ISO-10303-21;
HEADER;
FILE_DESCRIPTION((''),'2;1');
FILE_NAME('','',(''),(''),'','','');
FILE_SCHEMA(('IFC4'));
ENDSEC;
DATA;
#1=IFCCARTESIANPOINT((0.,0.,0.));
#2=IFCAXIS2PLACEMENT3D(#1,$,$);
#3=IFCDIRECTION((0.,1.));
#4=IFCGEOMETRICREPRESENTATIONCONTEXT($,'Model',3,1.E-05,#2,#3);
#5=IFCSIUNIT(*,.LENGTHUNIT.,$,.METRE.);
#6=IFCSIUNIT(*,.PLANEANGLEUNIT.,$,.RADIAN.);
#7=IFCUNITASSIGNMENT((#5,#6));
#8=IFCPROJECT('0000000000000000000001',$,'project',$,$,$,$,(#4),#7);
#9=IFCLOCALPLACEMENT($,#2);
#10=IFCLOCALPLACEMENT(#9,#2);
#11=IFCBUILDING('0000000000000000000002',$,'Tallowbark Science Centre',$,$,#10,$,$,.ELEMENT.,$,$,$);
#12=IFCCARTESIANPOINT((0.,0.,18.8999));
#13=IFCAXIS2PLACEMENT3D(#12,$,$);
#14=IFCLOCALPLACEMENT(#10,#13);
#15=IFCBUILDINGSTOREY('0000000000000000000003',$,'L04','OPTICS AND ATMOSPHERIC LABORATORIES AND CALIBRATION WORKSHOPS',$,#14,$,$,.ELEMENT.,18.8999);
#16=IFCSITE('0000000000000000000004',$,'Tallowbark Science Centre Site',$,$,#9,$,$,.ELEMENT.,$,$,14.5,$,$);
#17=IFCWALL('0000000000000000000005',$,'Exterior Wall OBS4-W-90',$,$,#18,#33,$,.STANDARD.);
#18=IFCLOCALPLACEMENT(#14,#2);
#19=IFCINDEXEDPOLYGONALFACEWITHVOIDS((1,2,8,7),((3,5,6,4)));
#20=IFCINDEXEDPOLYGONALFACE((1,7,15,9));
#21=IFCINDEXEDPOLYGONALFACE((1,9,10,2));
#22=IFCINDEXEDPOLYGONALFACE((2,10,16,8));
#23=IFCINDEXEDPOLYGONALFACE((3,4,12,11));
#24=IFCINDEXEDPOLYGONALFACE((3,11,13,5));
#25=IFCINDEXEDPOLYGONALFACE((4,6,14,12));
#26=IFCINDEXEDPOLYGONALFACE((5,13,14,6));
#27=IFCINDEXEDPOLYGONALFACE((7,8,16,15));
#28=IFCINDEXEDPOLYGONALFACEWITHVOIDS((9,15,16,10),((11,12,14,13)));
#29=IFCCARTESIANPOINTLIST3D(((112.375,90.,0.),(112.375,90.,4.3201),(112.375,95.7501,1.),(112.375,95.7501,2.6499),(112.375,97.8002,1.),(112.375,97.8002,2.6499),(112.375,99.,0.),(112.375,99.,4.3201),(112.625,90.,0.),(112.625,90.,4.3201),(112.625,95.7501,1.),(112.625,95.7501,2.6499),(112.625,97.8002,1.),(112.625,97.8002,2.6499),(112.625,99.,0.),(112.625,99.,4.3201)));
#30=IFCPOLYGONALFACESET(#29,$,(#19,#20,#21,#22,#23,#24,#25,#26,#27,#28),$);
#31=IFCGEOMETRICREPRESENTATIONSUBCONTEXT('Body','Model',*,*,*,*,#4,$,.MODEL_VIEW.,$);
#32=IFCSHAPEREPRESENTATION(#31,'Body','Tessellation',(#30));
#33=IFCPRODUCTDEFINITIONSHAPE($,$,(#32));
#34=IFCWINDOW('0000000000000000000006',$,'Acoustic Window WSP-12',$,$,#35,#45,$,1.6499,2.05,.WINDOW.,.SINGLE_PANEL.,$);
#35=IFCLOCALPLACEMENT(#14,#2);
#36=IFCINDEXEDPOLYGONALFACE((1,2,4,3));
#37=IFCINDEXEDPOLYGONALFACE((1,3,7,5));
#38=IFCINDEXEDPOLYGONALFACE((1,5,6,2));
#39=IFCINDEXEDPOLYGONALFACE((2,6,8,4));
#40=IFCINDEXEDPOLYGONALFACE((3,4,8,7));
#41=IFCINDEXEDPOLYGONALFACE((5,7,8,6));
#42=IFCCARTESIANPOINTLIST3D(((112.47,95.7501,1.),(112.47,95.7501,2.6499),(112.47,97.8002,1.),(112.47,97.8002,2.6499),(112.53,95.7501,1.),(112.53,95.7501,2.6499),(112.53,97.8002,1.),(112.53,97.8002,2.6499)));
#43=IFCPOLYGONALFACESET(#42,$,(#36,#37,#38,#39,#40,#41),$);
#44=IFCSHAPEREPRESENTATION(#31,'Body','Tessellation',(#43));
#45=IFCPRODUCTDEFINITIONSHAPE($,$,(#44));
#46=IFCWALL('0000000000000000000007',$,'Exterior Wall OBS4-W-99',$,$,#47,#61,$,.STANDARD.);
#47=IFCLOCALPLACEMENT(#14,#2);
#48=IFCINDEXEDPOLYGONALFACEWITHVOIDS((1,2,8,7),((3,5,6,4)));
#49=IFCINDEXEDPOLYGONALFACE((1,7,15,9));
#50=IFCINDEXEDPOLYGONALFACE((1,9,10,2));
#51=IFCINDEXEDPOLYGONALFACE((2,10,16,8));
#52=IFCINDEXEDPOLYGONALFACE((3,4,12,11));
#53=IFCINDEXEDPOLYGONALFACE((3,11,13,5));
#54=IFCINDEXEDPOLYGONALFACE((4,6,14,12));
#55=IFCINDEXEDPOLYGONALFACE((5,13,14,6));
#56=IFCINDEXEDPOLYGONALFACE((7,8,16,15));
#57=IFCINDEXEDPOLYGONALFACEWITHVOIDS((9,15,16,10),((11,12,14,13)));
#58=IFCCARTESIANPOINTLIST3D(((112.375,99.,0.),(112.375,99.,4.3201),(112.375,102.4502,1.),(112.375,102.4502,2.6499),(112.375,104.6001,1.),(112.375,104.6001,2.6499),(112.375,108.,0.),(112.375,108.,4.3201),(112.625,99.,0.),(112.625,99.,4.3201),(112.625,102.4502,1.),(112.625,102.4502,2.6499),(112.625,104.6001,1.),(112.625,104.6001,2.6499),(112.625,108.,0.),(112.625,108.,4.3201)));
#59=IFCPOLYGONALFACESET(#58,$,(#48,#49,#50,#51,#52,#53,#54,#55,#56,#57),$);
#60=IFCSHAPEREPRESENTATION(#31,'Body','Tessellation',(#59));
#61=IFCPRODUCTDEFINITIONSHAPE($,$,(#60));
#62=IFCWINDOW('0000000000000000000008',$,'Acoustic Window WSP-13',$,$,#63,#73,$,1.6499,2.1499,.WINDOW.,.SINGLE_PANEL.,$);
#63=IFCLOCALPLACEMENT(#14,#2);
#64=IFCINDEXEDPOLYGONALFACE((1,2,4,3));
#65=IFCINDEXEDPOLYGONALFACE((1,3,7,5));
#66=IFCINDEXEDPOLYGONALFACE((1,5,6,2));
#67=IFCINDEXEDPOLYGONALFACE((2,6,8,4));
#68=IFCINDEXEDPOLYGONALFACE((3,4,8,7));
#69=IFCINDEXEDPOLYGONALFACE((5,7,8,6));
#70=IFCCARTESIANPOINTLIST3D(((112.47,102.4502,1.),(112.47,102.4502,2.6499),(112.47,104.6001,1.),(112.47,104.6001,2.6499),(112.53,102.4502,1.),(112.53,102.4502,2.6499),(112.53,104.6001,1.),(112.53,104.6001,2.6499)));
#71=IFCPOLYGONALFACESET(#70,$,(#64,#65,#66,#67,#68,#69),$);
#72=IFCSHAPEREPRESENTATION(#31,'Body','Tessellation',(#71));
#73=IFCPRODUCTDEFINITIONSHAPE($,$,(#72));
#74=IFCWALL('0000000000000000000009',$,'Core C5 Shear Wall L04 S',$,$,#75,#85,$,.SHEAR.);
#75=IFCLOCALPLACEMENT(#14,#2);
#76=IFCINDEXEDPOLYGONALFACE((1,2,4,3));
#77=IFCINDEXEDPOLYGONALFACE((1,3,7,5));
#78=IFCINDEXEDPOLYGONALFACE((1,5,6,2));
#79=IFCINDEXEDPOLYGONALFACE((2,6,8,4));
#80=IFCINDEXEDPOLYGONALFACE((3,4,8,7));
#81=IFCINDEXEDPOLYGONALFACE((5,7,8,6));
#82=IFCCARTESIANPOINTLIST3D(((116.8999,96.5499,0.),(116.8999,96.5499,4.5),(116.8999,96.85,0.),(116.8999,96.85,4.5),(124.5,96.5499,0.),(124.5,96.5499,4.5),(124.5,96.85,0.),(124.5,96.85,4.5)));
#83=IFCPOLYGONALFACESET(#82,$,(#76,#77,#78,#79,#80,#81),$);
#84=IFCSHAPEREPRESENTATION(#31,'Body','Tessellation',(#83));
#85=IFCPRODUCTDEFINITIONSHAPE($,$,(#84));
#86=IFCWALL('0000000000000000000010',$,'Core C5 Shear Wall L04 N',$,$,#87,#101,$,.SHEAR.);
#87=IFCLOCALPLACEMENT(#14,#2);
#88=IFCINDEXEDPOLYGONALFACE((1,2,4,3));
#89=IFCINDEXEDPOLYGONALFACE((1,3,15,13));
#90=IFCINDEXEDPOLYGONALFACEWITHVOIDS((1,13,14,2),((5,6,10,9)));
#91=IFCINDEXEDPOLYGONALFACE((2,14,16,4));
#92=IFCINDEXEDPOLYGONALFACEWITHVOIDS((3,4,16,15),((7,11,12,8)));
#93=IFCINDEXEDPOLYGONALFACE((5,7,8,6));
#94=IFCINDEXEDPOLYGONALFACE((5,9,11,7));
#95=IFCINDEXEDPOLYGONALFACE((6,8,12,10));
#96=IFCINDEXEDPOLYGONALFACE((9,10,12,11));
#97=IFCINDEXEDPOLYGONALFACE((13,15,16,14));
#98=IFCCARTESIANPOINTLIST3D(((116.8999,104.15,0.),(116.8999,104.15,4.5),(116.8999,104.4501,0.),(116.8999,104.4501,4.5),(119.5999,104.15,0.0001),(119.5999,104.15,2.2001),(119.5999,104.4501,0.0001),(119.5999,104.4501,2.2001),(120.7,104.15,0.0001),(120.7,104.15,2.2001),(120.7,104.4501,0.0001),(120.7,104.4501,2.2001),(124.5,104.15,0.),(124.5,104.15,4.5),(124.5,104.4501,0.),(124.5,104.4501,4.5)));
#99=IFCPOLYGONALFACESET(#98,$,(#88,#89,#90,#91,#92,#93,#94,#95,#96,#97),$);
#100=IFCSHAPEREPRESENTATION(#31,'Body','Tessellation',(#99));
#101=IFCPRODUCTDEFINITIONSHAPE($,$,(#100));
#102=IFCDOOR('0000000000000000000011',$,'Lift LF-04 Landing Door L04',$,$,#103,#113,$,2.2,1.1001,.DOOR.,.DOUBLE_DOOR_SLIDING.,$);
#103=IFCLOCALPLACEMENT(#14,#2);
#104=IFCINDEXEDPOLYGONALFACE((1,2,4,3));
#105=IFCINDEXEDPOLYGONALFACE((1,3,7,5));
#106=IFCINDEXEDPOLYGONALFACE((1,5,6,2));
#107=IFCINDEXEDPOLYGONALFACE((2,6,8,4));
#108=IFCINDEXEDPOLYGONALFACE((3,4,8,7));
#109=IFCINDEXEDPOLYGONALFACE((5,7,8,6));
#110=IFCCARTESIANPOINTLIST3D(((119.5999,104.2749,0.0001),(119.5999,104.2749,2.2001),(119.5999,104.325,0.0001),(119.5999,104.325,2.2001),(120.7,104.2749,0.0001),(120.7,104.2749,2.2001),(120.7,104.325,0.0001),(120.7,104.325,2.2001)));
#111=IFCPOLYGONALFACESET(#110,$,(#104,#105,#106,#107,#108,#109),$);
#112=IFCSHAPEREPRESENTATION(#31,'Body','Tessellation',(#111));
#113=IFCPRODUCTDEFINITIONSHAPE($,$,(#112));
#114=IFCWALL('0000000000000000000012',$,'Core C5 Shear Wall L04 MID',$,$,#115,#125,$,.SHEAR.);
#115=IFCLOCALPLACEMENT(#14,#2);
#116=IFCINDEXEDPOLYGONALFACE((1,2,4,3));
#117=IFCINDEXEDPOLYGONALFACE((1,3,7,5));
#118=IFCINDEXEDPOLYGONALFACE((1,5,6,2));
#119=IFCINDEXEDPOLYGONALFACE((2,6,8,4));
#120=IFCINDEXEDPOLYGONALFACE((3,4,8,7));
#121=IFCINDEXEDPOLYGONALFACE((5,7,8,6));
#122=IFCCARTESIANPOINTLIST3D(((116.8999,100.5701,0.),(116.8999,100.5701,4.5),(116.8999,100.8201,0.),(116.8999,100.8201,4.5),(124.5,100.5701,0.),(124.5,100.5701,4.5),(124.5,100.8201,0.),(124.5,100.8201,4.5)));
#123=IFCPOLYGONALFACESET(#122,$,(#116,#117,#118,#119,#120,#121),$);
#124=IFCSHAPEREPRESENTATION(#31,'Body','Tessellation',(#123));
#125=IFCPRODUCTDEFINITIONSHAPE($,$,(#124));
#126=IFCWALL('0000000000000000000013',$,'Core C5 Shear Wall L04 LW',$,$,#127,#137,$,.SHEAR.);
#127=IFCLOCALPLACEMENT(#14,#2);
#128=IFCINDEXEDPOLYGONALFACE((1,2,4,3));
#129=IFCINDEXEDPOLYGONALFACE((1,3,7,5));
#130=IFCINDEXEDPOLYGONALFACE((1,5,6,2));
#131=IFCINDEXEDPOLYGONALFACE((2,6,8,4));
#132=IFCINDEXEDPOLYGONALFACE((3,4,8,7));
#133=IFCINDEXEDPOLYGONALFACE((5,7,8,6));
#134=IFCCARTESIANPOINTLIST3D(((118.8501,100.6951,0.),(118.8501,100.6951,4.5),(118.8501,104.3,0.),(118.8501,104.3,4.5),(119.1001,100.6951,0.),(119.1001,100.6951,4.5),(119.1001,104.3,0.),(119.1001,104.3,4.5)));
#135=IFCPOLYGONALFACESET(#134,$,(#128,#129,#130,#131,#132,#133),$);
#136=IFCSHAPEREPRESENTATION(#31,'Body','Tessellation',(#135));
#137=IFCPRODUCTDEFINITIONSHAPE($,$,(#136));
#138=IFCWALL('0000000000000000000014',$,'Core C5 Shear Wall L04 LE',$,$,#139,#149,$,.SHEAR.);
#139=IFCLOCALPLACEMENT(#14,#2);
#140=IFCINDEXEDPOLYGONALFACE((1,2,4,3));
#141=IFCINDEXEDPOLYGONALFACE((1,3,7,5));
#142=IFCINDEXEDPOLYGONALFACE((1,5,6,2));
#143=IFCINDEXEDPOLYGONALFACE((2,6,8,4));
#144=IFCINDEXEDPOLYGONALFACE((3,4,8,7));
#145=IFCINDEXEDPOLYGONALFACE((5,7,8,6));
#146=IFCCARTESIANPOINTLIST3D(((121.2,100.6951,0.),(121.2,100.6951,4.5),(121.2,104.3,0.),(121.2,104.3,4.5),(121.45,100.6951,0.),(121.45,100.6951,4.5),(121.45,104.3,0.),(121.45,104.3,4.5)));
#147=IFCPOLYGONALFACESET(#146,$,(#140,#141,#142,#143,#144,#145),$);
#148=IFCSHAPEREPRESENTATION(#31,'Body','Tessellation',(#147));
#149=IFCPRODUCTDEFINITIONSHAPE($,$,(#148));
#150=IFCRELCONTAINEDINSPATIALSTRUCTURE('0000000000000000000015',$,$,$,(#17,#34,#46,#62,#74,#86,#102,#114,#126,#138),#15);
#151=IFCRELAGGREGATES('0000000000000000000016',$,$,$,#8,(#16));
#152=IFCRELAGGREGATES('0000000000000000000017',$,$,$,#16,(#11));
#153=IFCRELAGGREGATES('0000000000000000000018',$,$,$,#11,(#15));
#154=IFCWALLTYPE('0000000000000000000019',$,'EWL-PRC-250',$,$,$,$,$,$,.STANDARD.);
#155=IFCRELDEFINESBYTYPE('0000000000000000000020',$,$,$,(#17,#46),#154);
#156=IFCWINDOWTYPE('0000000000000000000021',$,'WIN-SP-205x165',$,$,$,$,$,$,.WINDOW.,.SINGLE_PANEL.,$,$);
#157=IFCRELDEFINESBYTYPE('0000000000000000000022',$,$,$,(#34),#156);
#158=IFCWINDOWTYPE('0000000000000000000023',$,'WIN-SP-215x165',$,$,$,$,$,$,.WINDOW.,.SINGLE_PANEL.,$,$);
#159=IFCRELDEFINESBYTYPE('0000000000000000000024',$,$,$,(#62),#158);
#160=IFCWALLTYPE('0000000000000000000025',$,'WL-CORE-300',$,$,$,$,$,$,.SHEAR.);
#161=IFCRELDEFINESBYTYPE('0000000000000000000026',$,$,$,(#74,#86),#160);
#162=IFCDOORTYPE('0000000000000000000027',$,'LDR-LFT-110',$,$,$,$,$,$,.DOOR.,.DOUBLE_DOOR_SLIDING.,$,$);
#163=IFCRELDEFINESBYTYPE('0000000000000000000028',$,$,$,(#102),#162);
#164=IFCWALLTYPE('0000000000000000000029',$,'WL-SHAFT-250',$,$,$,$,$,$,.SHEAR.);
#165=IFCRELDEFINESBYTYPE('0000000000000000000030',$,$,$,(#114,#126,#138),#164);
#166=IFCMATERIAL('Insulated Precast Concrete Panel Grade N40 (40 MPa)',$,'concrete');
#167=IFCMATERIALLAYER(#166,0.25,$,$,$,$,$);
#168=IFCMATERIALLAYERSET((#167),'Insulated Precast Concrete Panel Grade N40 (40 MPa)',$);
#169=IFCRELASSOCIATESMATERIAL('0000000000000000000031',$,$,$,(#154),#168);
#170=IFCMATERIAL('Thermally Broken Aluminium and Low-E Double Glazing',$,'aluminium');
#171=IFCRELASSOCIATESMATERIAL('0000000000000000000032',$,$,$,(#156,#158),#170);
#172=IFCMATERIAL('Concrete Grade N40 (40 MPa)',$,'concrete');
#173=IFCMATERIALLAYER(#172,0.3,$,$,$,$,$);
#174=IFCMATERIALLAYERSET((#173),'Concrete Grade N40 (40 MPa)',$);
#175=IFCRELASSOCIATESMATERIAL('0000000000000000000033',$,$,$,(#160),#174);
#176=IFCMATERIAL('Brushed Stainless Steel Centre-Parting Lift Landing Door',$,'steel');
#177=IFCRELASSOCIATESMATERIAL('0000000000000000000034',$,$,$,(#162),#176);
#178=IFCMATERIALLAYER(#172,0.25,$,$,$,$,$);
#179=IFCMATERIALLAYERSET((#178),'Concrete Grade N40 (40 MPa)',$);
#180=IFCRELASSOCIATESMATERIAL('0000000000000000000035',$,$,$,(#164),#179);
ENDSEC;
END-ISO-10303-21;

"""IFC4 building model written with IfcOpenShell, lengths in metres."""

from ifc_helpers import new_model, si_unit, direction, frame, frame_2d, origin, place, context, subcontext, project, spatial, rectangle, extrude, material, layer, layer_set, type_object, element, fill, save


model = new_model("IFC4")

# Units and contexts
model_context = context("Model", 3, precision=1e-05, world=origin(), true_north=direction((0.0, 1.0)))
body_context = subcontext(model_context, "Body", "Model", "MODEL_VIEW")
ifc_project = project(units=[si_unit("LENGTHUNIT", "METRE"), si_unit("PLANEANGLEUNIT", "RADIAN")], contexts=[model_context])

# Site, building, storey
site_placement = place(None, origin())
site = spatial("IfcSite", under=ifc_project, at=site_placement, Name="Tallowbark Science Centre Site", CompositionType="ELEMENT", RefElevation=14.5)
building_placement = place(site_placement, origin())
building = spatial("IfcBuilding", under=site, at=building_placement, Name="Tallowbark Science Centre", CompositionType="ELEMENT")
storey_placement = place(building_placement, frame((0.0, 0.0, 18.8999)))
storey = spatial("IfcBuildingStorey", under=building, at=storey_placement, Name="L04", Description="OPTICS AND ATMOSPHERIC LABORATORIES AND CALIBRATION WORKSHOPS", CompositionType="ELEMENT", Elevation=18.8999)

# Shared definitions
ifc_material_1 = material(Name="Concrete Grade N40 (40 MPa)", Category="concrete")

# Walls, openings, windows
ifc_material_2 = material(Name="Insulated Precast Concrete Panel Grade N40 (40 MPa)", Category="concrete")
ifc_layer_1 = layer(ifc_material_2, 0.25)
ifc_layer_set_1 = layer_set([ifc_layer_1], Name="Insulated Precast Concrete Panel Grade N40 (40 MPa)")
wall_type_1 = type_object("IfcWallType", Name="EWL-PRC-250", PredefinedType="STANDARD", material=ifc_layer_set_1)
wall_1_placement = place(storey_placement, frame((112.5, 99.0, 0.0), z_axis=(0.0, 0.0, 1.0), x_axis=(0.0, -1.0, 0.0)))
wall_1 = element("IfcWall", 1, at=wall_1_placement, inside=storey, type_object=wall_type_1, Name="Exterior Wall OBS4-W-90", PredefinedType="STANDARD", context=body_context, shape_type="SweptSolid", body=[
    extrude(rectangle(XDim=9.0, YDim=0.25, at=frame_2d((4.5, 0.0))), origin(), (0.0, 0.0, 1.0), 4.3201),
])
opening_1_placement = place(wall_1_placement, frame((1.2, 0.0, 1.0)))
opening_1 = element("IfcOpeningElement", 2, at=opening_1_placement, cuts=wall_1, PredefinedType="OPENING", context=body_context, shape_type="SweptSolid", body=[
    extrude(rectangle(XDim=2.05, YDim=1.6499, at=frame_2d((1.0249, 0.825))), frame((0.0, 0.135, 0.0), z_axis=(0.0, -1.0, 0.0), x_axis=(1.0, 0.0, 0.0)), (0.0, 0.0, 1.0), 0.27),
])
ifc_material_3 = material(Name="Thermally Broken Aluminium and Low-E Double Glazing", Category="aluminium")
window_type_1 = type_object("IfcWindowType", Name="WIN-SP-205x165", PartitioningType="SINGLE_PANEL", PredefinedType="WINDOW", material=ifc_material_3)
window_1_placement = place(opening_1_placement, origin())
window_1 = element("IfcWindow", 3, at=window_1_placement, inside=storey, type_object=window_type_1, Name="Acoustic Window WSP-12", OverallHeight=1.6499, OverallWidth=2.05, PartitioningType="SINGLE_PANEL", PredefinedType="WINDOW", context=body_context, shape_type="SweptSolid", body=[
    extrude(rectangle(XDim=2.05, YDim=1.6499, at=frame_2d((1.0249, 0.825))), frame((0.0, 0.03, 0.0), z_axis=(0.0, -1.0, 0.0), x_axis=(1.0, 0.0, 0.0)), (0.0, 0.0, 1.0), 0.0601),
])
fill(opening_1, window_1)
wall_2_placement = place(storey_placement, frame((112.5, 108.0, 0.0), z_axis=(0.0, 0.0, 1.0), x_axis=(0.0, -1.0, 0.0)))
wall_2 = element("IfcWall", 4, at=wall_2_placement, inside=storey, type_object=wall_type_1, Name="Exterior Wall OBS4-W-99", PredefinedType="STANDARD", context=body_context, shape_type="SweptSolid", body=[
    extrude(rectangle(XDim=9.0, YDim=0.25, at=frame_2d((4.5, 0.0))), origin(), (0.0, 0.0, 1.0), 4.3201),
])
opening_2_placement = place(wall_2_placement, frame((3.3999, 0.0, 1.0)))
opening_2 = element("IfcOpeningElement", 5, at=opening_2_placement, cuts=wall_2, PredefinedType="OPENING", context=body_context, shape_type="SweptSolid", body=[
    extrude(rectangle(XDim=2.1499, YDim=1.6499, at=frame_2d((1.075, 0.825))), frame((0.0, 0.135, 0.0), z_axis=(0.0, -1.0, 0.0), x_axis=(1.0, 0.0, 0.0)), (0.0, 0.0, 1.0), 0.27),
])
window_type_2 = type_object("IfcWindowType", Name="WIN-SP-215x165", PartitioningType="SINGLE_PANEL", PredefinedType="WINDOW", material=ifc_material_3)
window_2_placement = place(opening_2_placement, origin())
window_2 = element("IfcWindow", 6, at=window_2_placement, inside=storey, type_object=window_type_2, Name="Acoustic Window WSP-13", OverallHeight=1.6499, OverallWidth=2.1499, PartitioningType="SINGLE_PANEL", PredefinedType="WINDOW", context=body_context, shape_type="SweptSolid", body=[
    extrude(rectangle(XDim=2.1499, YDim=1.6499, at=frame_2d((1.075, 0.825))), frame((0.0, 0.03, 0.0), z_axis=(0.0, -1.0, 0.0), x_axis=(1.0, 0.0, 0.0)), (0.0, 0.0, 1.0), 0.0601),
])
fill(opening_2, window_2)

# Wall
ifc_layer_2 = layer(ifc_material_1, 0.3)
ifc_layer_set_2 = layer_set([ifc_layer_2], Name="Concrete Grade N40 (40 MPa)")
wall_type_2 = type_object("IfcWallType", Name="WL-CORE-300", PredefinedType="SHEAR", material=ifc_layer_set_2)
wall_3_placement = place(storey_placement, frame((116.8999, 96.7, 0.0), z_axis=(0.0, 0.0, 1.0), x_axis=(1.0, 0.0, 0.0)))
element("IfcWall", 7, at=wall_3_placement, inside=storey, type_object=wall_type_2, Name="Core C5 Shear Wall L04 S", PredefinedType="SHEAR", context=body_context, shape_type="SweptSolid", body=[
    extrude(rectangle(XDim=7.6001, YDim=0.3, at=frame_2d((3.8, 0.0))), origin(), (0.0, 0.0, 1.0), 4.5),
])

# Wall, opening, door
wall_4_placement = place(storey_placement, frame((116.8999, 104.3, 0.0), z_axis=(0.0, 0.0, 1.0), x_axis=(1.0, 0.0, 0.0)))
wall_4 = element("IfcWall", 8, at=wall_4_placement, inside=storey, type_object=wall_type_2, Name="Core C5 Shear Wall L04 N", PredefinedType="SHEAR", context=body_context, shape_type="SweptSolid", body=[
    extrude(rectangle(XDim=7.6001, YDim=0.3, at=frame_2d((3.8, 0.0))), origin(), (0.0, 0.0, 1.0), 4.5),
])
opening_3_placement = place(wall_4_placement, frame((2.7, 0.0, 0.0)))
opening_3 = element("IfcOpeningElement", 9, at=opening_3_placement, cuts=wall_4, PredefinedType="OPENING", context=body_context, shape_type="SweptSolid", body=[
    extrude(rectangle(XDim=1.1001, YDim=2.2, at=frame_2d((0.55, 1.1001))), frame((0.0, 0.1602, 0.0), z_axis=(0.0, -1.0, 0.0), x_axis=(1.0, 0.0, 0.0)), (0.0, 0.0, 1.0), 0.3201),
])
ifc_material_4 = material(Name="Brushed Stainless Steel Centre-Parting Lift Landing Door", Category="steel")
door_type = type_object("IfcDoorType", Name="LDR-LFT-110", OperationType="DOUBLE_DOOR_SLIDING", PredefinedType="DOOR", material=ifc_material_4)
door_placement = place(opening_3_placement, origin())
door = element("IfcDoor", 10, at=door_placement, inside=storey, type_object=door_type, Name="Lift LF-04 Landing Door L04", OperationType="DOUBLE_DOOR_SLIDING", OverallHeight=2.2, OverallWidth=1.1001, PredefinedType="DOOR", context=body_context, shape_type="SweptSolid", body=[
    extrude(rectangle(XDim=1.1001, YDim=2.2, at=frame_2d((0.55, 1.1001))), frame((0.0, 0.0249, 0.0), z_axis=(0.0, -1.0, 0.0), x_axis=(1.0, 0.0, 0.0)), (0.0, 0.0, 1.0), 0.05),
])
fill(opening_3, door)

# Walls
ifc_layer_3 = layer(ifc_material_1, 0.25)
ifc_layer_set_3 = layer_set([ifc_layer_3], Name="Concrete Grade N40 (40 MPa)")
wall_type_3 = type_object("IfcWallType", Name="WL-SHAFT-250", PredefinedType="SHEAR", material=ifc_layer_set_3)
wall_5_placement = place(storey_placement, frame((116.8999, 100.6951, 0.0), z_axis=(0.0, 0.0, 1.0), x_axis=(1.0, 0.0, 0.0)))
element("IfcWall", 11, at=wall_5_placement, inside=storey, type_object=wall_type_3, Name="Core C5 Shear Wall L04 MID", PredefinedType="SHEAR", context=body_context, shape_type="SweptSolid", body=[
    extrude(rectangle(XDim=7.6001, YDim=0.25, at=frame_2d((3.8, 0.0))), origin(), (0.0, 0.0, 1.0), 4.5),
])
for number, where, z_axis, x_axis, name in (
    (12, (118.9751, 100.6951, 0.0), (0.0, 0.0, 1.0), (0.0, 1.0, 0.0), "Core C5 Shear Wall L04 LW"),
    (13, (121.325, 100.6951, 0.0), (0.0, 0.0, 1.0), (0.0, 1.0, 0.0), "Core C5 Shear Wall L04 LE"),
):
    element("IfcWall", number, at=place(storey_placement, frame(where, z_axis=z_axis, x_axis=x_axis)), inside=storey, type_object=wall_type_3, Name=name, PredefinedType="SHEAR", context=body_context, shape_type="SweptSolid", body=[
        extrude(rectangle(XDim=3.605, YDim=0.25, at=frame_2d((1.8025, 0.0))), origin(), (0.0, 0.0, 1.0), 4.5),
    ])

save(model, "model.ifc")
